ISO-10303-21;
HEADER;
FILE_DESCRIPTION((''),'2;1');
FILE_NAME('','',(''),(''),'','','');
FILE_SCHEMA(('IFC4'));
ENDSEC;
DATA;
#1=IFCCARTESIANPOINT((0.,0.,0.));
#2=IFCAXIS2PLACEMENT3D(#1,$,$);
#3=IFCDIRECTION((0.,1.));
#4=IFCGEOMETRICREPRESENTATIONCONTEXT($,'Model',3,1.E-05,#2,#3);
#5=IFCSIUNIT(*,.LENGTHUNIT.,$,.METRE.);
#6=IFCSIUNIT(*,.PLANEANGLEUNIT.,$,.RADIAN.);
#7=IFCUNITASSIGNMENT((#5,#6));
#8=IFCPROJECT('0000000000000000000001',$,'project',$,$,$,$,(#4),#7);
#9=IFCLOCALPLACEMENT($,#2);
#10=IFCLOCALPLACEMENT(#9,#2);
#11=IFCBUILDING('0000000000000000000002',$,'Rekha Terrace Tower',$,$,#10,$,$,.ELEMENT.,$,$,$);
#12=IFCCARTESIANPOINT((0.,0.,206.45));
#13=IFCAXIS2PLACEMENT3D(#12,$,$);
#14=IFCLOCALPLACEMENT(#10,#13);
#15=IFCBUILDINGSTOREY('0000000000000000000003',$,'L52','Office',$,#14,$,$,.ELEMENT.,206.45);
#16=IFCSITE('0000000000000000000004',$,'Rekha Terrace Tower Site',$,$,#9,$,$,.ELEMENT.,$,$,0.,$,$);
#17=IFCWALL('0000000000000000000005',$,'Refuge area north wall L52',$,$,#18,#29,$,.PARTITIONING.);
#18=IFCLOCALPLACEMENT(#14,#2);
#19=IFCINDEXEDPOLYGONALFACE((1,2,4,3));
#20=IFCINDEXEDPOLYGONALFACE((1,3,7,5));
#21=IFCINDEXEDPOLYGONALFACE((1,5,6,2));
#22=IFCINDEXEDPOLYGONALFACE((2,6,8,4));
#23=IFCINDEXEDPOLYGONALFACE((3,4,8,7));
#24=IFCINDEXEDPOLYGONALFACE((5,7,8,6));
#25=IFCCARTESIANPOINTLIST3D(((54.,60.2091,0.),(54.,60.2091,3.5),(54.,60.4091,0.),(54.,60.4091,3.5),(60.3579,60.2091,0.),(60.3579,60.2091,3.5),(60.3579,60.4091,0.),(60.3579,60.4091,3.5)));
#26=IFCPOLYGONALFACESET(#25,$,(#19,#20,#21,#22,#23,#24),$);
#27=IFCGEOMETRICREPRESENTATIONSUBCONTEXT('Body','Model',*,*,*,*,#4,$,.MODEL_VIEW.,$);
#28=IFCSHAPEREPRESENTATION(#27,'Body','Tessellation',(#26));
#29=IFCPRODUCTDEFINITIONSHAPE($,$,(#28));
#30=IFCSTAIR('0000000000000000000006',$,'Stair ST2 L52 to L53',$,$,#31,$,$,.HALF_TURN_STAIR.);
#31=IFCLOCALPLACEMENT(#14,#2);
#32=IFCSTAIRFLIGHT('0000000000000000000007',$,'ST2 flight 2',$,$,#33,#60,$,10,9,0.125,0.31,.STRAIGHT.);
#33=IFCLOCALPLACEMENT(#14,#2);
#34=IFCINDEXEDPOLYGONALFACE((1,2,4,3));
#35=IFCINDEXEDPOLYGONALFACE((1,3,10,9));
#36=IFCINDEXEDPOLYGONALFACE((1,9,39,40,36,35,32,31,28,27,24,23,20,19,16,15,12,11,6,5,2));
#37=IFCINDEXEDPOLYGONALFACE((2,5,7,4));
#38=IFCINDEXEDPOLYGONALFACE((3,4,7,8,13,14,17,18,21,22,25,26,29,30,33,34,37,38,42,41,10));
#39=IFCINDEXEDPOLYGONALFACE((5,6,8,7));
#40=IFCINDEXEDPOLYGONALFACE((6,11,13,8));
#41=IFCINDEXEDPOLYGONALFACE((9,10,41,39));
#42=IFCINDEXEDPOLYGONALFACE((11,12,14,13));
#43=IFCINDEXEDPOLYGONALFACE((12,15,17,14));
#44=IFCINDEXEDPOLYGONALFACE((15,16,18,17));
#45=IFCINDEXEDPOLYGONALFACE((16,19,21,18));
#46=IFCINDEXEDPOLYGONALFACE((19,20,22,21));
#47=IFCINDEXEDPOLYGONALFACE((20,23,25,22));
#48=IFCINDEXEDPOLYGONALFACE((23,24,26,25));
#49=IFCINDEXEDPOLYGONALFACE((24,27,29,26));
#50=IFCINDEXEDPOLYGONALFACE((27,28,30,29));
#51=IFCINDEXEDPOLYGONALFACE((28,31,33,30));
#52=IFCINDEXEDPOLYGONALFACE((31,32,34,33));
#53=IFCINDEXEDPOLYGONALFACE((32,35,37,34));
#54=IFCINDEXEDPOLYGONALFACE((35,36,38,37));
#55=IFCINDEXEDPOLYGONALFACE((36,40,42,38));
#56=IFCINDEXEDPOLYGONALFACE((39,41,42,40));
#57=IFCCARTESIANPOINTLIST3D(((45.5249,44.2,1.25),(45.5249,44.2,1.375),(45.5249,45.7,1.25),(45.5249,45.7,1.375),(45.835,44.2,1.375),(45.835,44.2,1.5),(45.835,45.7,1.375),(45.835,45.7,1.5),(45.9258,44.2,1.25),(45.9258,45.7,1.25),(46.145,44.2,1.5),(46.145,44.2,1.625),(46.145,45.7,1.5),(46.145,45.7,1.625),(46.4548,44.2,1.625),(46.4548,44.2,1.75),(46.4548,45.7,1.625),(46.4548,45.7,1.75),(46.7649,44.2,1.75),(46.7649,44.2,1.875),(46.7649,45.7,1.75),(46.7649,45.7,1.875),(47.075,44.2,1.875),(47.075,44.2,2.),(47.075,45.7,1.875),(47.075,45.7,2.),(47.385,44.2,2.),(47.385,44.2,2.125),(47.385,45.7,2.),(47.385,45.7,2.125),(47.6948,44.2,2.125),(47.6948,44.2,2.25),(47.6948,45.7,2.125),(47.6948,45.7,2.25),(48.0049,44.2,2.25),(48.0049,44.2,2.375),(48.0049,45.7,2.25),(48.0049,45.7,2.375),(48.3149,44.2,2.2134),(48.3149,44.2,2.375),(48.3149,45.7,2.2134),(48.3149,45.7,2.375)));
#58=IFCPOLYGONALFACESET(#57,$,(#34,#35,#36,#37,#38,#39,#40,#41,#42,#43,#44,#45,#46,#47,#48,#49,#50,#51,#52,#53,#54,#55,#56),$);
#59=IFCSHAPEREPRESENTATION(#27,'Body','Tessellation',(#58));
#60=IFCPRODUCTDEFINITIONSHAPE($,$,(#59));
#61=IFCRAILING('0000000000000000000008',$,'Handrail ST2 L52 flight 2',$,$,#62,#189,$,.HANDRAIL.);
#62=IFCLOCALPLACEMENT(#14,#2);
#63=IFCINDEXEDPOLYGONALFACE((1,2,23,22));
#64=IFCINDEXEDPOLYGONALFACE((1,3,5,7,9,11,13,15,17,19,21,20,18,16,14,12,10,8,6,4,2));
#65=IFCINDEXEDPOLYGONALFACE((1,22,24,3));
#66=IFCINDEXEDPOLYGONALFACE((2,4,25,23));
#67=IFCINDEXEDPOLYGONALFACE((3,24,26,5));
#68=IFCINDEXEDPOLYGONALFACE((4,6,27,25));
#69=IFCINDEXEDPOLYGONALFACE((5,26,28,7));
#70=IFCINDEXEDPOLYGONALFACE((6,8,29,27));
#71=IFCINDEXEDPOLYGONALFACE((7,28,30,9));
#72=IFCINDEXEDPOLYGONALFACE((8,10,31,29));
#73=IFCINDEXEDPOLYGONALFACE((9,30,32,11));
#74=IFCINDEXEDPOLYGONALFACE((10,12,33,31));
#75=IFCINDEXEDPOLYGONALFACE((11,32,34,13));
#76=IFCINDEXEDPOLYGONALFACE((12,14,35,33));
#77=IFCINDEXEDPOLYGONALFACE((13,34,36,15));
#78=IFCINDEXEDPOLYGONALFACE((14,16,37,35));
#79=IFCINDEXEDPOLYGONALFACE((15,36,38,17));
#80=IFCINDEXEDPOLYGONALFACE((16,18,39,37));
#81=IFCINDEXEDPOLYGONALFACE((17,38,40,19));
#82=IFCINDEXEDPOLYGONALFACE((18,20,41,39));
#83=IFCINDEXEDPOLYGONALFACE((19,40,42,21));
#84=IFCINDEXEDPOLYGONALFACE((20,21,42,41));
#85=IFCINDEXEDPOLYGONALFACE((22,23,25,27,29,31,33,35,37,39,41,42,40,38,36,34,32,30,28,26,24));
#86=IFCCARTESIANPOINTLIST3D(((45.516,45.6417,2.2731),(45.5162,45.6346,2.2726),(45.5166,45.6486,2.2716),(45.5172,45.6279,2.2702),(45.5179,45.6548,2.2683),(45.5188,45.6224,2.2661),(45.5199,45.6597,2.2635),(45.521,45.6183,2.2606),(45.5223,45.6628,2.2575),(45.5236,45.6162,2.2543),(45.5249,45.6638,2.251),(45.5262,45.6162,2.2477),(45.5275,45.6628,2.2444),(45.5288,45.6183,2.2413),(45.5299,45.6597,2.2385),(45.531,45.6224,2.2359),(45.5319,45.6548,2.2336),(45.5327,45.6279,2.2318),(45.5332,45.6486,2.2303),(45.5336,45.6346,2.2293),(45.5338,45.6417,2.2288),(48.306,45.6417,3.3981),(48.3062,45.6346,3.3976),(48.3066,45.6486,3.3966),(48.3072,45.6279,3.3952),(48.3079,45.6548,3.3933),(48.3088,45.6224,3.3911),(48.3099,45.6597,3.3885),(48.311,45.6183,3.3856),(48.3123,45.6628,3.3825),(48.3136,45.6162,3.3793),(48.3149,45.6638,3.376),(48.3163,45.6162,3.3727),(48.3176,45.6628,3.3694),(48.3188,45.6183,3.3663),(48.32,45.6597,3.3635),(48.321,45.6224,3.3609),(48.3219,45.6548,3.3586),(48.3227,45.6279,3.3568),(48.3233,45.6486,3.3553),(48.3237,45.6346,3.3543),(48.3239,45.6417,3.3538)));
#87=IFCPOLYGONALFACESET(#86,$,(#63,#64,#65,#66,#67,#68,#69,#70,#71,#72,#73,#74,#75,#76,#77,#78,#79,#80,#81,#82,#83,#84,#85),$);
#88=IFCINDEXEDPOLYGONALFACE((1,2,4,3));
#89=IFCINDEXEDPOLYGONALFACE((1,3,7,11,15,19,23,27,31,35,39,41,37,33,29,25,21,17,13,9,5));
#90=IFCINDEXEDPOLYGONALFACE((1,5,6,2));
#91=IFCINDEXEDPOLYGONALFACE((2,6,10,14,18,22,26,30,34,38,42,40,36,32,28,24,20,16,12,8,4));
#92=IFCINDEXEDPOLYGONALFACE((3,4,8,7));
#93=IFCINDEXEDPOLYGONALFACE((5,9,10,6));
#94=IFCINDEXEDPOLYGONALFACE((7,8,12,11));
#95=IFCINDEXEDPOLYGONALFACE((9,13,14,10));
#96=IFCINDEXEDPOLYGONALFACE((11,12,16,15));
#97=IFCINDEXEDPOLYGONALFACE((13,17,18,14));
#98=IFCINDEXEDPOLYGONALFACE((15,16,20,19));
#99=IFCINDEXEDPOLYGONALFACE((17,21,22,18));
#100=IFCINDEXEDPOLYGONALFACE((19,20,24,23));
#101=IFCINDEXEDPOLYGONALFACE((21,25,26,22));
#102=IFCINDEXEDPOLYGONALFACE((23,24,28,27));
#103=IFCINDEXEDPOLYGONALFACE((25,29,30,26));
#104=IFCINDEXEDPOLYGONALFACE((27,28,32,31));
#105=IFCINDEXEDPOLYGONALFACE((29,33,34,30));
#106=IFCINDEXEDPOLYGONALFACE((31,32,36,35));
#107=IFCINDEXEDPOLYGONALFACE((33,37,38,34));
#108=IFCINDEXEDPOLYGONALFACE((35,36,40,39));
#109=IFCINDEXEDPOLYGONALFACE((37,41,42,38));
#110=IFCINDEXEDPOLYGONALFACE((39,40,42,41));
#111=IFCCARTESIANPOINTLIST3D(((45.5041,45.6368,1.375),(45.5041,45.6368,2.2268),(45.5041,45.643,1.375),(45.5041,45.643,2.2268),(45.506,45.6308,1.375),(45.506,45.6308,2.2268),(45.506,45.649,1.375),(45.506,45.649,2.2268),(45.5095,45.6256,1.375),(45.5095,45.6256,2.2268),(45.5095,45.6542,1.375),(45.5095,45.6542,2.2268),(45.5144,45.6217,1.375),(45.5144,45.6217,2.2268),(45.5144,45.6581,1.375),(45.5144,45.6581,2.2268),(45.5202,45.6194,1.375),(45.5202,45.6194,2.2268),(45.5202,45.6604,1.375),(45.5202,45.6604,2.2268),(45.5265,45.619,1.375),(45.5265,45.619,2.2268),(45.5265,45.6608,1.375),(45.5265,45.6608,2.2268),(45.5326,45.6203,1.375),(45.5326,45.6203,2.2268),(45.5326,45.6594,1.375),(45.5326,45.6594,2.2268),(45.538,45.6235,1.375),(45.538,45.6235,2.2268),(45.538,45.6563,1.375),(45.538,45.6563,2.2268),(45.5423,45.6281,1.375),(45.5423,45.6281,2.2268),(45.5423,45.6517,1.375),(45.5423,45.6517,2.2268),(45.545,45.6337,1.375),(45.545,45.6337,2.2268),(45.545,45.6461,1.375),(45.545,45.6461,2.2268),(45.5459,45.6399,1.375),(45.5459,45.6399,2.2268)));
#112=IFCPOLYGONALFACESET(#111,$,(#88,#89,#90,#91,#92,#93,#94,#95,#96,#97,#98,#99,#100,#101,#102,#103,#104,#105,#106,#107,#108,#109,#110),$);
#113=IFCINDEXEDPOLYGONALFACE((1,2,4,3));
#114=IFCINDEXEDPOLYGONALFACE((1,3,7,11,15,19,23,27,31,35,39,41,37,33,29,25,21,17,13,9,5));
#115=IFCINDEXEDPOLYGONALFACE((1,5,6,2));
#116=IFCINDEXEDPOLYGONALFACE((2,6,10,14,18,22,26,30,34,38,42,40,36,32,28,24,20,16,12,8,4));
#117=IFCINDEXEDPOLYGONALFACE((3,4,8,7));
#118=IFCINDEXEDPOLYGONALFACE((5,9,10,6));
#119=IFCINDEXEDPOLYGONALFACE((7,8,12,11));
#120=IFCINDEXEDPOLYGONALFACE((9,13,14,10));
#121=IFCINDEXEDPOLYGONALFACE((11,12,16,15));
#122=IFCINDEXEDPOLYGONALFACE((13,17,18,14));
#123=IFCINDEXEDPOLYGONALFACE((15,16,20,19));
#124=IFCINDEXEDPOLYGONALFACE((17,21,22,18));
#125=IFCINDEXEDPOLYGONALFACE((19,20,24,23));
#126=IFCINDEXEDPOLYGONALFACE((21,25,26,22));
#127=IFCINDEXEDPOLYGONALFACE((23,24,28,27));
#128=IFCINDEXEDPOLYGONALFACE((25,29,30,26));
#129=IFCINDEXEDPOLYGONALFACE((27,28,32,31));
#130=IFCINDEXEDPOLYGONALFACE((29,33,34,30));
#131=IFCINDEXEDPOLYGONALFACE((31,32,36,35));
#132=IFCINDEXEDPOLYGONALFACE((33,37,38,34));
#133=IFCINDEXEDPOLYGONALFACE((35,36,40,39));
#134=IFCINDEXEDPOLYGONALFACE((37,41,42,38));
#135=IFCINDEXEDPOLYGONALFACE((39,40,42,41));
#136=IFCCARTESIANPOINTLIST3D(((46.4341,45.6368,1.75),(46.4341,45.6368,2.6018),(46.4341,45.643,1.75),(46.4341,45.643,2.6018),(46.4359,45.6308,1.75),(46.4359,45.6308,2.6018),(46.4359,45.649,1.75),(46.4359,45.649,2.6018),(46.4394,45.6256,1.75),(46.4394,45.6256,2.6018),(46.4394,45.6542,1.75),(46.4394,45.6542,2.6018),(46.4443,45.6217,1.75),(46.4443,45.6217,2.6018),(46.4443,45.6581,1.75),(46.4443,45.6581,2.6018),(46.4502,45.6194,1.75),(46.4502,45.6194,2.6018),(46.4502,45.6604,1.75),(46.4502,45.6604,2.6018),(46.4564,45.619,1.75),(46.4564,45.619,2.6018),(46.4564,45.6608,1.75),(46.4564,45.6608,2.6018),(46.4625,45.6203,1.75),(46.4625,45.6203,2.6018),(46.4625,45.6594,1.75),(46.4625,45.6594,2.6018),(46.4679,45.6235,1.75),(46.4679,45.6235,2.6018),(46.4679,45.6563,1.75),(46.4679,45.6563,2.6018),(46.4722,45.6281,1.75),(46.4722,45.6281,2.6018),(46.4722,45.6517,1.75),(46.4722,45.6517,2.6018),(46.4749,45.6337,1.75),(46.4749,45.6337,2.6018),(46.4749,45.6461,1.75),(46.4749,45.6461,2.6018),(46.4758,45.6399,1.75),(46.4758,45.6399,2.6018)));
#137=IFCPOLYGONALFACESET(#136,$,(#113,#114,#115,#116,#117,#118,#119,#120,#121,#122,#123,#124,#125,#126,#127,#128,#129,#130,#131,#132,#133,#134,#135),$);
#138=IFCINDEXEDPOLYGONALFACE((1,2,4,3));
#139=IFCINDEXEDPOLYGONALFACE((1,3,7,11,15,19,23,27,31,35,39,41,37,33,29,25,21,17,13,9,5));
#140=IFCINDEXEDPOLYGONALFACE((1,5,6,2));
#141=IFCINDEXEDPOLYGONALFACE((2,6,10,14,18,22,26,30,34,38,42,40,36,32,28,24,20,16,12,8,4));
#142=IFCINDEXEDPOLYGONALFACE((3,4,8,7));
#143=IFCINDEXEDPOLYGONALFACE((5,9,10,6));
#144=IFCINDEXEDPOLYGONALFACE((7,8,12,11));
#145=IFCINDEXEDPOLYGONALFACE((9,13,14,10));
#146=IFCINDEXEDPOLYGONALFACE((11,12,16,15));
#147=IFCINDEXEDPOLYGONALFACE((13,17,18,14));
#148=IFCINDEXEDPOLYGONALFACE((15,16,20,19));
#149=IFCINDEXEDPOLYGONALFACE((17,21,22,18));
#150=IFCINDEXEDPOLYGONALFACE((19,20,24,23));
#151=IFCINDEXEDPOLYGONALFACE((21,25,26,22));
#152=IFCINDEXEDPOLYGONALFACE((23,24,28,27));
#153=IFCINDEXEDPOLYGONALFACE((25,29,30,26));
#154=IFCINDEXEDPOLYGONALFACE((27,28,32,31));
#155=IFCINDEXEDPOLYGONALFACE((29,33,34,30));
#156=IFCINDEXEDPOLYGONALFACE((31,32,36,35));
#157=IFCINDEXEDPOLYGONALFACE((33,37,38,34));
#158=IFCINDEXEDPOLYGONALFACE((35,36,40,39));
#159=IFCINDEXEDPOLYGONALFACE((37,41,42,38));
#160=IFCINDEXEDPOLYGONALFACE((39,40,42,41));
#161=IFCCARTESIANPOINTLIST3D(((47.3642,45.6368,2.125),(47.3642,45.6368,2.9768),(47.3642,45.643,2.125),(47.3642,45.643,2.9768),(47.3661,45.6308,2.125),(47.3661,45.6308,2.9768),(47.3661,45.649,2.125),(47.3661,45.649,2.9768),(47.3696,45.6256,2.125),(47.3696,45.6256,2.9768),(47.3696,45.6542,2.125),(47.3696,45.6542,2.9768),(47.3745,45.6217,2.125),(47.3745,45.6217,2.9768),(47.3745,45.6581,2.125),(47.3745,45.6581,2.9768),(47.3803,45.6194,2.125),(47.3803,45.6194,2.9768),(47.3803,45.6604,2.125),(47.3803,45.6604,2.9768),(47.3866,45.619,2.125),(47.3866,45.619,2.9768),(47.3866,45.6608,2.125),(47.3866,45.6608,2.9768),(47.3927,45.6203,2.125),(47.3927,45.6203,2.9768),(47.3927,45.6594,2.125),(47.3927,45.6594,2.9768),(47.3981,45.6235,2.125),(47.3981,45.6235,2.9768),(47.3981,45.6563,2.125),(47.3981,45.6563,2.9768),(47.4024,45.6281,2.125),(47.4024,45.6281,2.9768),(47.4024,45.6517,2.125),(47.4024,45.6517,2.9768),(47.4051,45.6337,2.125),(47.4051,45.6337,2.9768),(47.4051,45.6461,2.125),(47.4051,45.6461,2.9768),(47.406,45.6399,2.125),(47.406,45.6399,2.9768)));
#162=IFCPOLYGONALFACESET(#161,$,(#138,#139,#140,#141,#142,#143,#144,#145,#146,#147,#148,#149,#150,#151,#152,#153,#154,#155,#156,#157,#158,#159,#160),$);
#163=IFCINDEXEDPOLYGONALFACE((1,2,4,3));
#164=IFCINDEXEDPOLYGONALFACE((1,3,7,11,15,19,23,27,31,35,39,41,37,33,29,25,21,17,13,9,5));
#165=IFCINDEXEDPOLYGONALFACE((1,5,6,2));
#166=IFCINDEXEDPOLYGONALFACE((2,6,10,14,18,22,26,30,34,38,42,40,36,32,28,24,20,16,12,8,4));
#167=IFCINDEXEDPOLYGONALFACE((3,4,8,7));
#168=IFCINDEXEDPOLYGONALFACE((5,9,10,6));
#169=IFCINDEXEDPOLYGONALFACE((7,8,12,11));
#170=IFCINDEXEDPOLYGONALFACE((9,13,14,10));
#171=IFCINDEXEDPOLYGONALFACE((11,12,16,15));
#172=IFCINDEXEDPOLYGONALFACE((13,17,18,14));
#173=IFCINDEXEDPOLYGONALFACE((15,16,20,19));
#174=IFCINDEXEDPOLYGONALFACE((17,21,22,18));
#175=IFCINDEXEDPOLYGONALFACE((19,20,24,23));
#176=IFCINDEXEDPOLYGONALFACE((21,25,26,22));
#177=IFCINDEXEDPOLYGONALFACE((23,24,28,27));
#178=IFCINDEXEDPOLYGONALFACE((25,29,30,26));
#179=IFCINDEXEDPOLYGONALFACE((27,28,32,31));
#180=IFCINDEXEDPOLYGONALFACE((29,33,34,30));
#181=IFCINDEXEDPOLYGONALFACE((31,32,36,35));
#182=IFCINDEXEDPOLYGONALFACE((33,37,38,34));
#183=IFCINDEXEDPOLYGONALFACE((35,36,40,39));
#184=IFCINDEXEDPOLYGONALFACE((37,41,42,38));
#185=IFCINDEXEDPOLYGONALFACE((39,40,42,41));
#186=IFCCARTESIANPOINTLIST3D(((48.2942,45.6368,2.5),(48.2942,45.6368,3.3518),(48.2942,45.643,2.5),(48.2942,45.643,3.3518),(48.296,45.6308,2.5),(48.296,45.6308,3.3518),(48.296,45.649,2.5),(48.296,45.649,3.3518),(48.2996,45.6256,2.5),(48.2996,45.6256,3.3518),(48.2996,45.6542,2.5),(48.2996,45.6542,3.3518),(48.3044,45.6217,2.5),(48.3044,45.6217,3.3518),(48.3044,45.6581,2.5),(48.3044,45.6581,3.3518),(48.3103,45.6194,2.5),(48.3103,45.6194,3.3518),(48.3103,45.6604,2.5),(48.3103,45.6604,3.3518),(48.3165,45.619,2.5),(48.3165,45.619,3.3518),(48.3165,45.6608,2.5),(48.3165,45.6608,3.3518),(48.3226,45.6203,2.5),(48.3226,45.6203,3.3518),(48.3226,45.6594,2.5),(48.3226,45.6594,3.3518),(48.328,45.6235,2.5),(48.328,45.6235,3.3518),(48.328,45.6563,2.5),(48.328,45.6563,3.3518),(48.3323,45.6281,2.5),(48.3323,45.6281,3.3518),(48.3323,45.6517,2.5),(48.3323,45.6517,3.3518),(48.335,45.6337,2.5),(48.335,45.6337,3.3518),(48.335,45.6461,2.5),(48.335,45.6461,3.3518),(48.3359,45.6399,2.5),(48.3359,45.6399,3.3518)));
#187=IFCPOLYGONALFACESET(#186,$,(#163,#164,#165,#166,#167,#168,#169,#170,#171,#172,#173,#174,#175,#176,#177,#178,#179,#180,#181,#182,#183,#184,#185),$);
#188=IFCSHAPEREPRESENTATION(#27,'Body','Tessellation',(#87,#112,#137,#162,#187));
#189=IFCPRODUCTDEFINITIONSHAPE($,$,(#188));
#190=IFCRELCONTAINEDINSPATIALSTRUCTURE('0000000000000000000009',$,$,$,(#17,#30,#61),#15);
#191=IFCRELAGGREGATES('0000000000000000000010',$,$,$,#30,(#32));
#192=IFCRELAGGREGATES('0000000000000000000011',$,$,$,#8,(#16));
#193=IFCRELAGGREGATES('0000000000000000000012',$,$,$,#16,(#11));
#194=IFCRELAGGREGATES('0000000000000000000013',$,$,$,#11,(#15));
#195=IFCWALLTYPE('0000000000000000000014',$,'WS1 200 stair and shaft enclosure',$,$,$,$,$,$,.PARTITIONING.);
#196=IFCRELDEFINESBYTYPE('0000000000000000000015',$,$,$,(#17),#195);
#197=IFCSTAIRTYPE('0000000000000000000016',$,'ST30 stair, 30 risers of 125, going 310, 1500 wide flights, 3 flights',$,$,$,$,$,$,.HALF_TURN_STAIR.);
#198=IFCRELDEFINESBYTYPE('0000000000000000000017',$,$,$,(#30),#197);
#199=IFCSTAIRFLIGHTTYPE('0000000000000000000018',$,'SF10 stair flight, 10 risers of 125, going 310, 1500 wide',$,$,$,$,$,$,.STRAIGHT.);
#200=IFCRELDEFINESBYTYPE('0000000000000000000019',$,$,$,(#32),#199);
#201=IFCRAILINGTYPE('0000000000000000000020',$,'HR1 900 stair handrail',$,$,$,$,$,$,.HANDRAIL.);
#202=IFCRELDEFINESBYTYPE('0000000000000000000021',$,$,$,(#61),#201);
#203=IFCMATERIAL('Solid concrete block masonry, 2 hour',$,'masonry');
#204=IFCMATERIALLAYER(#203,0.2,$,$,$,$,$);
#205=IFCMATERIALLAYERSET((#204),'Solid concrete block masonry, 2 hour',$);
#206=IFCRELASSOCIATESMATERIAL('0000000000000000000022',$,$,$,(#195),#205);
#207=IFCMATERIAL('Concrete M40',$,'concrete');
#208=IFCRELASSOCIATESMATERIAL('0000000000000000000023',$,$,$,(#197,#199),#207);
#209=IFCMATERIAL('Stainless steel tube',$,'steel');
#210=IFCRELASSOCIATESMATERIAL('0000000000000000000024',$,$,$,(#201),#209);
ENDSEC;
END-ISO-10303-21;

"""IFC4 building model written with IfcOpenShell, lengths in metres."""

from ifc_helpers import new_model, si_unit, direction, frame, frame_2d, origin, origin_2d, place, context, subcontext, project, spatial, polyline, rectangle, circle, outline, extrude, material, layer, layer_set, type_object, element, aggregate, save


model = new_model("IFC4")

# Units and contexts
model_context = context("Model", 3, precision=1e-05, world=origin(), true_north=direction((0.0, 1.0)))
body_context = subcontext(model_context, "Body", "Model", "MODEL_VIEW")
ifc_project = project(units=[si_unit("LENGTHUNIT", "METRE"), si_unit("PLANEANGLEUNIT", "RADIAN")], contexts=[model_context])

# Site, building, storey
site_placement = place(None, origin())
site = spatial("IfcSite", under=ifc_project, at=site_placement, Name="Rekha Terrace Tower Site", CompositionType="ELEMENT", RefElevation=0.0)
building_placement = place(site_placement, origin())
building = spatial("IfcBuilding", under=site, at=building_placement, Name="Rekha Terrace Tower", CompositionType="ELEMENT")
storey_placement = place(building_placement, frame((0.0, 0.0, 206.45)))
storey = spatial("IfcBuildingStorey", under=building, at=storey_placement, Name="L52", Description="Office", CompositionType="ELEMENT", Elevation=206.45)

# Wall
ifc_material_1 = material(Name="Solid concrete block masonry, 2 hour", Category="masonry")
ifc_layer_1 = layer(ifc_material_1, 0.2)
ifc_layer_set_1 = layer_set([ifc_layer_1], Name="Solid concrete block masonry, 2 hour")
wall_type_1 = type_object("IfcWallType", Name="WS1 200 stair and shaft enclosure", PredefinedType="PARTITIONING", material=ifc_layer_set_1)
wall_1_placement = place(storey_placement, frame((54.0, 60.3091, 0.0), z_axis=(0.0, 0.0, 1.0), x_axis=(1.0, 0.0, 0.0)))
element("IfcWall", 1, at=wall_1_placement, inside=storey, type_object=wall_type_1, Name="Refuge area north wall L52", PredefinedType="PARTITIONING", context=body_context, shape_type="SweptSolid", body=[
    extrude(rectangle(XDim=6.3579, YDim=0.2, at=frame_2d((3.179, 0.0))), origin(), (0.0, 0.0, 1.0), 3.5),
])

# Stair, stair flight
ifc_material_2 = material(Name="Concrete M40", Category="concrete")
stair_type = type_object("IfcStairType", Name="ST30 stair, 30 risers of 125, going 310, 1500 wide flights, 3 flights", PredefinedType="HALF_TURN_STAIR", material=ifc_material_2)
stair_placement = place(storey_placement, origin())
stair = element("IfcStair", 2, at=stair_placement, inside=storey, type_object=stair_type, Name="Stair ST2 L52 to L53", PredefinedType="HALF_TURN_STAIR")
stair_flight_type = type_object("IfcStairFlightType", Name="SF10 stair flight, 10 risers of 125, going 310, 1500 wide", PredefinedType="STRAIGHT", material=ifc_material_2)
stair_flight_placement = place(storey_placement, frame((45.5249, 44.95, 1.25), z_axis=(0.0, 0.0, 1.0), x_axis=(1.0, 0.0, 0.0)))
stair_flight = element("IfcStairFlight", 3, at=stair_flight_placement, type_object=stair_flight_type, Name="ST2 flight 2", NumberOfRisers=10, NumberOfTreads=9, PredefinedType="STRAIGHT", RiserHeight=0.125, TreadLength=0.31, context=body_context, shape_type="SweptSolid", body=[
    extrude(outline(polyline([(0.0, 0.0), (0.0, 0.125), (0.3101, 0.125), (0.3101, 0.25), (0.6201, 0.25), (0.6201, 0.375), (0.9299, 0.375), (0.9299, 0.5), (1.24, 0.5), (1.24, 0.625), (1.55, 0.625), (1.55, 0.75), (1.8601, 0.75), (1.8601, 0.875), (2.1699, 0.875), (2.1699, 1.0), (2.48, 1.0), (2.48, 1.125), (2.79, 1.125), (2.79, 1.25), (2.79, 0.9634), (0.4009, 0.0), (0.0, 0.0)])), frame((0.0, 0.75, 0.0), z_axis=(0.0, -1.0, 0.0), x_axis=(1.0, 0.0, 0.0)), (0.0, 0.0, 1.0), 1.5),
])
aggregate(stair, [stair_flight])

# Railing
ifc_material_3 = material(Name="Stainless steel tube", Category="steel")
railing_type = type_object("IfcRailingType", Name="HR1 900 stair handrail", PredefinedType="HANDRAIL", material=ifc_material_3)
railing_placement = place(storey_placement, frame((45.5249, 45.6399, 1.375)))
element("IfcRailing", 4, at=railing_placement, inside=storey, type_object=railing_type, Name="Handrail ST2 L52 flight 2", PredefinedType="HANDRAIL", context=body_context, shape_type="SweptSolid", body=[
    extrude(circle(Radius=0.0239, at=origin_2d()), frame((0.0, 0.0, 0.876), z_axis=(0.927443, 0.0, 0.373964), x_axis=(0.0, 1.0, 0.0)), (0.0, 0.0, 1.0), 3.0083),
    extrude(circle(Radius=0.021, at=origin_2d()), origin(), (0.0, 0.0, 1.0), 0.8518),
    extrude(circle(Radius=0.021, at=origin_2d()), frame((0.9299, 0.0, 0.375)), (0.0, 0.0, 1.0), 0.8518),
    extrude(circle(Radius=0.021, at=origin_2d()), frame((1.8601, 0.0, 0.75)), (0.0, 0.0, 1.0), 0.8518),
    extrude(circle(Radius=0.021, at=origin_2d()), frame((2.79, 0.0, 1.125)), (0.0, 0.0, 1.0), 0.8518),
])

save(model, "model.ifc")
